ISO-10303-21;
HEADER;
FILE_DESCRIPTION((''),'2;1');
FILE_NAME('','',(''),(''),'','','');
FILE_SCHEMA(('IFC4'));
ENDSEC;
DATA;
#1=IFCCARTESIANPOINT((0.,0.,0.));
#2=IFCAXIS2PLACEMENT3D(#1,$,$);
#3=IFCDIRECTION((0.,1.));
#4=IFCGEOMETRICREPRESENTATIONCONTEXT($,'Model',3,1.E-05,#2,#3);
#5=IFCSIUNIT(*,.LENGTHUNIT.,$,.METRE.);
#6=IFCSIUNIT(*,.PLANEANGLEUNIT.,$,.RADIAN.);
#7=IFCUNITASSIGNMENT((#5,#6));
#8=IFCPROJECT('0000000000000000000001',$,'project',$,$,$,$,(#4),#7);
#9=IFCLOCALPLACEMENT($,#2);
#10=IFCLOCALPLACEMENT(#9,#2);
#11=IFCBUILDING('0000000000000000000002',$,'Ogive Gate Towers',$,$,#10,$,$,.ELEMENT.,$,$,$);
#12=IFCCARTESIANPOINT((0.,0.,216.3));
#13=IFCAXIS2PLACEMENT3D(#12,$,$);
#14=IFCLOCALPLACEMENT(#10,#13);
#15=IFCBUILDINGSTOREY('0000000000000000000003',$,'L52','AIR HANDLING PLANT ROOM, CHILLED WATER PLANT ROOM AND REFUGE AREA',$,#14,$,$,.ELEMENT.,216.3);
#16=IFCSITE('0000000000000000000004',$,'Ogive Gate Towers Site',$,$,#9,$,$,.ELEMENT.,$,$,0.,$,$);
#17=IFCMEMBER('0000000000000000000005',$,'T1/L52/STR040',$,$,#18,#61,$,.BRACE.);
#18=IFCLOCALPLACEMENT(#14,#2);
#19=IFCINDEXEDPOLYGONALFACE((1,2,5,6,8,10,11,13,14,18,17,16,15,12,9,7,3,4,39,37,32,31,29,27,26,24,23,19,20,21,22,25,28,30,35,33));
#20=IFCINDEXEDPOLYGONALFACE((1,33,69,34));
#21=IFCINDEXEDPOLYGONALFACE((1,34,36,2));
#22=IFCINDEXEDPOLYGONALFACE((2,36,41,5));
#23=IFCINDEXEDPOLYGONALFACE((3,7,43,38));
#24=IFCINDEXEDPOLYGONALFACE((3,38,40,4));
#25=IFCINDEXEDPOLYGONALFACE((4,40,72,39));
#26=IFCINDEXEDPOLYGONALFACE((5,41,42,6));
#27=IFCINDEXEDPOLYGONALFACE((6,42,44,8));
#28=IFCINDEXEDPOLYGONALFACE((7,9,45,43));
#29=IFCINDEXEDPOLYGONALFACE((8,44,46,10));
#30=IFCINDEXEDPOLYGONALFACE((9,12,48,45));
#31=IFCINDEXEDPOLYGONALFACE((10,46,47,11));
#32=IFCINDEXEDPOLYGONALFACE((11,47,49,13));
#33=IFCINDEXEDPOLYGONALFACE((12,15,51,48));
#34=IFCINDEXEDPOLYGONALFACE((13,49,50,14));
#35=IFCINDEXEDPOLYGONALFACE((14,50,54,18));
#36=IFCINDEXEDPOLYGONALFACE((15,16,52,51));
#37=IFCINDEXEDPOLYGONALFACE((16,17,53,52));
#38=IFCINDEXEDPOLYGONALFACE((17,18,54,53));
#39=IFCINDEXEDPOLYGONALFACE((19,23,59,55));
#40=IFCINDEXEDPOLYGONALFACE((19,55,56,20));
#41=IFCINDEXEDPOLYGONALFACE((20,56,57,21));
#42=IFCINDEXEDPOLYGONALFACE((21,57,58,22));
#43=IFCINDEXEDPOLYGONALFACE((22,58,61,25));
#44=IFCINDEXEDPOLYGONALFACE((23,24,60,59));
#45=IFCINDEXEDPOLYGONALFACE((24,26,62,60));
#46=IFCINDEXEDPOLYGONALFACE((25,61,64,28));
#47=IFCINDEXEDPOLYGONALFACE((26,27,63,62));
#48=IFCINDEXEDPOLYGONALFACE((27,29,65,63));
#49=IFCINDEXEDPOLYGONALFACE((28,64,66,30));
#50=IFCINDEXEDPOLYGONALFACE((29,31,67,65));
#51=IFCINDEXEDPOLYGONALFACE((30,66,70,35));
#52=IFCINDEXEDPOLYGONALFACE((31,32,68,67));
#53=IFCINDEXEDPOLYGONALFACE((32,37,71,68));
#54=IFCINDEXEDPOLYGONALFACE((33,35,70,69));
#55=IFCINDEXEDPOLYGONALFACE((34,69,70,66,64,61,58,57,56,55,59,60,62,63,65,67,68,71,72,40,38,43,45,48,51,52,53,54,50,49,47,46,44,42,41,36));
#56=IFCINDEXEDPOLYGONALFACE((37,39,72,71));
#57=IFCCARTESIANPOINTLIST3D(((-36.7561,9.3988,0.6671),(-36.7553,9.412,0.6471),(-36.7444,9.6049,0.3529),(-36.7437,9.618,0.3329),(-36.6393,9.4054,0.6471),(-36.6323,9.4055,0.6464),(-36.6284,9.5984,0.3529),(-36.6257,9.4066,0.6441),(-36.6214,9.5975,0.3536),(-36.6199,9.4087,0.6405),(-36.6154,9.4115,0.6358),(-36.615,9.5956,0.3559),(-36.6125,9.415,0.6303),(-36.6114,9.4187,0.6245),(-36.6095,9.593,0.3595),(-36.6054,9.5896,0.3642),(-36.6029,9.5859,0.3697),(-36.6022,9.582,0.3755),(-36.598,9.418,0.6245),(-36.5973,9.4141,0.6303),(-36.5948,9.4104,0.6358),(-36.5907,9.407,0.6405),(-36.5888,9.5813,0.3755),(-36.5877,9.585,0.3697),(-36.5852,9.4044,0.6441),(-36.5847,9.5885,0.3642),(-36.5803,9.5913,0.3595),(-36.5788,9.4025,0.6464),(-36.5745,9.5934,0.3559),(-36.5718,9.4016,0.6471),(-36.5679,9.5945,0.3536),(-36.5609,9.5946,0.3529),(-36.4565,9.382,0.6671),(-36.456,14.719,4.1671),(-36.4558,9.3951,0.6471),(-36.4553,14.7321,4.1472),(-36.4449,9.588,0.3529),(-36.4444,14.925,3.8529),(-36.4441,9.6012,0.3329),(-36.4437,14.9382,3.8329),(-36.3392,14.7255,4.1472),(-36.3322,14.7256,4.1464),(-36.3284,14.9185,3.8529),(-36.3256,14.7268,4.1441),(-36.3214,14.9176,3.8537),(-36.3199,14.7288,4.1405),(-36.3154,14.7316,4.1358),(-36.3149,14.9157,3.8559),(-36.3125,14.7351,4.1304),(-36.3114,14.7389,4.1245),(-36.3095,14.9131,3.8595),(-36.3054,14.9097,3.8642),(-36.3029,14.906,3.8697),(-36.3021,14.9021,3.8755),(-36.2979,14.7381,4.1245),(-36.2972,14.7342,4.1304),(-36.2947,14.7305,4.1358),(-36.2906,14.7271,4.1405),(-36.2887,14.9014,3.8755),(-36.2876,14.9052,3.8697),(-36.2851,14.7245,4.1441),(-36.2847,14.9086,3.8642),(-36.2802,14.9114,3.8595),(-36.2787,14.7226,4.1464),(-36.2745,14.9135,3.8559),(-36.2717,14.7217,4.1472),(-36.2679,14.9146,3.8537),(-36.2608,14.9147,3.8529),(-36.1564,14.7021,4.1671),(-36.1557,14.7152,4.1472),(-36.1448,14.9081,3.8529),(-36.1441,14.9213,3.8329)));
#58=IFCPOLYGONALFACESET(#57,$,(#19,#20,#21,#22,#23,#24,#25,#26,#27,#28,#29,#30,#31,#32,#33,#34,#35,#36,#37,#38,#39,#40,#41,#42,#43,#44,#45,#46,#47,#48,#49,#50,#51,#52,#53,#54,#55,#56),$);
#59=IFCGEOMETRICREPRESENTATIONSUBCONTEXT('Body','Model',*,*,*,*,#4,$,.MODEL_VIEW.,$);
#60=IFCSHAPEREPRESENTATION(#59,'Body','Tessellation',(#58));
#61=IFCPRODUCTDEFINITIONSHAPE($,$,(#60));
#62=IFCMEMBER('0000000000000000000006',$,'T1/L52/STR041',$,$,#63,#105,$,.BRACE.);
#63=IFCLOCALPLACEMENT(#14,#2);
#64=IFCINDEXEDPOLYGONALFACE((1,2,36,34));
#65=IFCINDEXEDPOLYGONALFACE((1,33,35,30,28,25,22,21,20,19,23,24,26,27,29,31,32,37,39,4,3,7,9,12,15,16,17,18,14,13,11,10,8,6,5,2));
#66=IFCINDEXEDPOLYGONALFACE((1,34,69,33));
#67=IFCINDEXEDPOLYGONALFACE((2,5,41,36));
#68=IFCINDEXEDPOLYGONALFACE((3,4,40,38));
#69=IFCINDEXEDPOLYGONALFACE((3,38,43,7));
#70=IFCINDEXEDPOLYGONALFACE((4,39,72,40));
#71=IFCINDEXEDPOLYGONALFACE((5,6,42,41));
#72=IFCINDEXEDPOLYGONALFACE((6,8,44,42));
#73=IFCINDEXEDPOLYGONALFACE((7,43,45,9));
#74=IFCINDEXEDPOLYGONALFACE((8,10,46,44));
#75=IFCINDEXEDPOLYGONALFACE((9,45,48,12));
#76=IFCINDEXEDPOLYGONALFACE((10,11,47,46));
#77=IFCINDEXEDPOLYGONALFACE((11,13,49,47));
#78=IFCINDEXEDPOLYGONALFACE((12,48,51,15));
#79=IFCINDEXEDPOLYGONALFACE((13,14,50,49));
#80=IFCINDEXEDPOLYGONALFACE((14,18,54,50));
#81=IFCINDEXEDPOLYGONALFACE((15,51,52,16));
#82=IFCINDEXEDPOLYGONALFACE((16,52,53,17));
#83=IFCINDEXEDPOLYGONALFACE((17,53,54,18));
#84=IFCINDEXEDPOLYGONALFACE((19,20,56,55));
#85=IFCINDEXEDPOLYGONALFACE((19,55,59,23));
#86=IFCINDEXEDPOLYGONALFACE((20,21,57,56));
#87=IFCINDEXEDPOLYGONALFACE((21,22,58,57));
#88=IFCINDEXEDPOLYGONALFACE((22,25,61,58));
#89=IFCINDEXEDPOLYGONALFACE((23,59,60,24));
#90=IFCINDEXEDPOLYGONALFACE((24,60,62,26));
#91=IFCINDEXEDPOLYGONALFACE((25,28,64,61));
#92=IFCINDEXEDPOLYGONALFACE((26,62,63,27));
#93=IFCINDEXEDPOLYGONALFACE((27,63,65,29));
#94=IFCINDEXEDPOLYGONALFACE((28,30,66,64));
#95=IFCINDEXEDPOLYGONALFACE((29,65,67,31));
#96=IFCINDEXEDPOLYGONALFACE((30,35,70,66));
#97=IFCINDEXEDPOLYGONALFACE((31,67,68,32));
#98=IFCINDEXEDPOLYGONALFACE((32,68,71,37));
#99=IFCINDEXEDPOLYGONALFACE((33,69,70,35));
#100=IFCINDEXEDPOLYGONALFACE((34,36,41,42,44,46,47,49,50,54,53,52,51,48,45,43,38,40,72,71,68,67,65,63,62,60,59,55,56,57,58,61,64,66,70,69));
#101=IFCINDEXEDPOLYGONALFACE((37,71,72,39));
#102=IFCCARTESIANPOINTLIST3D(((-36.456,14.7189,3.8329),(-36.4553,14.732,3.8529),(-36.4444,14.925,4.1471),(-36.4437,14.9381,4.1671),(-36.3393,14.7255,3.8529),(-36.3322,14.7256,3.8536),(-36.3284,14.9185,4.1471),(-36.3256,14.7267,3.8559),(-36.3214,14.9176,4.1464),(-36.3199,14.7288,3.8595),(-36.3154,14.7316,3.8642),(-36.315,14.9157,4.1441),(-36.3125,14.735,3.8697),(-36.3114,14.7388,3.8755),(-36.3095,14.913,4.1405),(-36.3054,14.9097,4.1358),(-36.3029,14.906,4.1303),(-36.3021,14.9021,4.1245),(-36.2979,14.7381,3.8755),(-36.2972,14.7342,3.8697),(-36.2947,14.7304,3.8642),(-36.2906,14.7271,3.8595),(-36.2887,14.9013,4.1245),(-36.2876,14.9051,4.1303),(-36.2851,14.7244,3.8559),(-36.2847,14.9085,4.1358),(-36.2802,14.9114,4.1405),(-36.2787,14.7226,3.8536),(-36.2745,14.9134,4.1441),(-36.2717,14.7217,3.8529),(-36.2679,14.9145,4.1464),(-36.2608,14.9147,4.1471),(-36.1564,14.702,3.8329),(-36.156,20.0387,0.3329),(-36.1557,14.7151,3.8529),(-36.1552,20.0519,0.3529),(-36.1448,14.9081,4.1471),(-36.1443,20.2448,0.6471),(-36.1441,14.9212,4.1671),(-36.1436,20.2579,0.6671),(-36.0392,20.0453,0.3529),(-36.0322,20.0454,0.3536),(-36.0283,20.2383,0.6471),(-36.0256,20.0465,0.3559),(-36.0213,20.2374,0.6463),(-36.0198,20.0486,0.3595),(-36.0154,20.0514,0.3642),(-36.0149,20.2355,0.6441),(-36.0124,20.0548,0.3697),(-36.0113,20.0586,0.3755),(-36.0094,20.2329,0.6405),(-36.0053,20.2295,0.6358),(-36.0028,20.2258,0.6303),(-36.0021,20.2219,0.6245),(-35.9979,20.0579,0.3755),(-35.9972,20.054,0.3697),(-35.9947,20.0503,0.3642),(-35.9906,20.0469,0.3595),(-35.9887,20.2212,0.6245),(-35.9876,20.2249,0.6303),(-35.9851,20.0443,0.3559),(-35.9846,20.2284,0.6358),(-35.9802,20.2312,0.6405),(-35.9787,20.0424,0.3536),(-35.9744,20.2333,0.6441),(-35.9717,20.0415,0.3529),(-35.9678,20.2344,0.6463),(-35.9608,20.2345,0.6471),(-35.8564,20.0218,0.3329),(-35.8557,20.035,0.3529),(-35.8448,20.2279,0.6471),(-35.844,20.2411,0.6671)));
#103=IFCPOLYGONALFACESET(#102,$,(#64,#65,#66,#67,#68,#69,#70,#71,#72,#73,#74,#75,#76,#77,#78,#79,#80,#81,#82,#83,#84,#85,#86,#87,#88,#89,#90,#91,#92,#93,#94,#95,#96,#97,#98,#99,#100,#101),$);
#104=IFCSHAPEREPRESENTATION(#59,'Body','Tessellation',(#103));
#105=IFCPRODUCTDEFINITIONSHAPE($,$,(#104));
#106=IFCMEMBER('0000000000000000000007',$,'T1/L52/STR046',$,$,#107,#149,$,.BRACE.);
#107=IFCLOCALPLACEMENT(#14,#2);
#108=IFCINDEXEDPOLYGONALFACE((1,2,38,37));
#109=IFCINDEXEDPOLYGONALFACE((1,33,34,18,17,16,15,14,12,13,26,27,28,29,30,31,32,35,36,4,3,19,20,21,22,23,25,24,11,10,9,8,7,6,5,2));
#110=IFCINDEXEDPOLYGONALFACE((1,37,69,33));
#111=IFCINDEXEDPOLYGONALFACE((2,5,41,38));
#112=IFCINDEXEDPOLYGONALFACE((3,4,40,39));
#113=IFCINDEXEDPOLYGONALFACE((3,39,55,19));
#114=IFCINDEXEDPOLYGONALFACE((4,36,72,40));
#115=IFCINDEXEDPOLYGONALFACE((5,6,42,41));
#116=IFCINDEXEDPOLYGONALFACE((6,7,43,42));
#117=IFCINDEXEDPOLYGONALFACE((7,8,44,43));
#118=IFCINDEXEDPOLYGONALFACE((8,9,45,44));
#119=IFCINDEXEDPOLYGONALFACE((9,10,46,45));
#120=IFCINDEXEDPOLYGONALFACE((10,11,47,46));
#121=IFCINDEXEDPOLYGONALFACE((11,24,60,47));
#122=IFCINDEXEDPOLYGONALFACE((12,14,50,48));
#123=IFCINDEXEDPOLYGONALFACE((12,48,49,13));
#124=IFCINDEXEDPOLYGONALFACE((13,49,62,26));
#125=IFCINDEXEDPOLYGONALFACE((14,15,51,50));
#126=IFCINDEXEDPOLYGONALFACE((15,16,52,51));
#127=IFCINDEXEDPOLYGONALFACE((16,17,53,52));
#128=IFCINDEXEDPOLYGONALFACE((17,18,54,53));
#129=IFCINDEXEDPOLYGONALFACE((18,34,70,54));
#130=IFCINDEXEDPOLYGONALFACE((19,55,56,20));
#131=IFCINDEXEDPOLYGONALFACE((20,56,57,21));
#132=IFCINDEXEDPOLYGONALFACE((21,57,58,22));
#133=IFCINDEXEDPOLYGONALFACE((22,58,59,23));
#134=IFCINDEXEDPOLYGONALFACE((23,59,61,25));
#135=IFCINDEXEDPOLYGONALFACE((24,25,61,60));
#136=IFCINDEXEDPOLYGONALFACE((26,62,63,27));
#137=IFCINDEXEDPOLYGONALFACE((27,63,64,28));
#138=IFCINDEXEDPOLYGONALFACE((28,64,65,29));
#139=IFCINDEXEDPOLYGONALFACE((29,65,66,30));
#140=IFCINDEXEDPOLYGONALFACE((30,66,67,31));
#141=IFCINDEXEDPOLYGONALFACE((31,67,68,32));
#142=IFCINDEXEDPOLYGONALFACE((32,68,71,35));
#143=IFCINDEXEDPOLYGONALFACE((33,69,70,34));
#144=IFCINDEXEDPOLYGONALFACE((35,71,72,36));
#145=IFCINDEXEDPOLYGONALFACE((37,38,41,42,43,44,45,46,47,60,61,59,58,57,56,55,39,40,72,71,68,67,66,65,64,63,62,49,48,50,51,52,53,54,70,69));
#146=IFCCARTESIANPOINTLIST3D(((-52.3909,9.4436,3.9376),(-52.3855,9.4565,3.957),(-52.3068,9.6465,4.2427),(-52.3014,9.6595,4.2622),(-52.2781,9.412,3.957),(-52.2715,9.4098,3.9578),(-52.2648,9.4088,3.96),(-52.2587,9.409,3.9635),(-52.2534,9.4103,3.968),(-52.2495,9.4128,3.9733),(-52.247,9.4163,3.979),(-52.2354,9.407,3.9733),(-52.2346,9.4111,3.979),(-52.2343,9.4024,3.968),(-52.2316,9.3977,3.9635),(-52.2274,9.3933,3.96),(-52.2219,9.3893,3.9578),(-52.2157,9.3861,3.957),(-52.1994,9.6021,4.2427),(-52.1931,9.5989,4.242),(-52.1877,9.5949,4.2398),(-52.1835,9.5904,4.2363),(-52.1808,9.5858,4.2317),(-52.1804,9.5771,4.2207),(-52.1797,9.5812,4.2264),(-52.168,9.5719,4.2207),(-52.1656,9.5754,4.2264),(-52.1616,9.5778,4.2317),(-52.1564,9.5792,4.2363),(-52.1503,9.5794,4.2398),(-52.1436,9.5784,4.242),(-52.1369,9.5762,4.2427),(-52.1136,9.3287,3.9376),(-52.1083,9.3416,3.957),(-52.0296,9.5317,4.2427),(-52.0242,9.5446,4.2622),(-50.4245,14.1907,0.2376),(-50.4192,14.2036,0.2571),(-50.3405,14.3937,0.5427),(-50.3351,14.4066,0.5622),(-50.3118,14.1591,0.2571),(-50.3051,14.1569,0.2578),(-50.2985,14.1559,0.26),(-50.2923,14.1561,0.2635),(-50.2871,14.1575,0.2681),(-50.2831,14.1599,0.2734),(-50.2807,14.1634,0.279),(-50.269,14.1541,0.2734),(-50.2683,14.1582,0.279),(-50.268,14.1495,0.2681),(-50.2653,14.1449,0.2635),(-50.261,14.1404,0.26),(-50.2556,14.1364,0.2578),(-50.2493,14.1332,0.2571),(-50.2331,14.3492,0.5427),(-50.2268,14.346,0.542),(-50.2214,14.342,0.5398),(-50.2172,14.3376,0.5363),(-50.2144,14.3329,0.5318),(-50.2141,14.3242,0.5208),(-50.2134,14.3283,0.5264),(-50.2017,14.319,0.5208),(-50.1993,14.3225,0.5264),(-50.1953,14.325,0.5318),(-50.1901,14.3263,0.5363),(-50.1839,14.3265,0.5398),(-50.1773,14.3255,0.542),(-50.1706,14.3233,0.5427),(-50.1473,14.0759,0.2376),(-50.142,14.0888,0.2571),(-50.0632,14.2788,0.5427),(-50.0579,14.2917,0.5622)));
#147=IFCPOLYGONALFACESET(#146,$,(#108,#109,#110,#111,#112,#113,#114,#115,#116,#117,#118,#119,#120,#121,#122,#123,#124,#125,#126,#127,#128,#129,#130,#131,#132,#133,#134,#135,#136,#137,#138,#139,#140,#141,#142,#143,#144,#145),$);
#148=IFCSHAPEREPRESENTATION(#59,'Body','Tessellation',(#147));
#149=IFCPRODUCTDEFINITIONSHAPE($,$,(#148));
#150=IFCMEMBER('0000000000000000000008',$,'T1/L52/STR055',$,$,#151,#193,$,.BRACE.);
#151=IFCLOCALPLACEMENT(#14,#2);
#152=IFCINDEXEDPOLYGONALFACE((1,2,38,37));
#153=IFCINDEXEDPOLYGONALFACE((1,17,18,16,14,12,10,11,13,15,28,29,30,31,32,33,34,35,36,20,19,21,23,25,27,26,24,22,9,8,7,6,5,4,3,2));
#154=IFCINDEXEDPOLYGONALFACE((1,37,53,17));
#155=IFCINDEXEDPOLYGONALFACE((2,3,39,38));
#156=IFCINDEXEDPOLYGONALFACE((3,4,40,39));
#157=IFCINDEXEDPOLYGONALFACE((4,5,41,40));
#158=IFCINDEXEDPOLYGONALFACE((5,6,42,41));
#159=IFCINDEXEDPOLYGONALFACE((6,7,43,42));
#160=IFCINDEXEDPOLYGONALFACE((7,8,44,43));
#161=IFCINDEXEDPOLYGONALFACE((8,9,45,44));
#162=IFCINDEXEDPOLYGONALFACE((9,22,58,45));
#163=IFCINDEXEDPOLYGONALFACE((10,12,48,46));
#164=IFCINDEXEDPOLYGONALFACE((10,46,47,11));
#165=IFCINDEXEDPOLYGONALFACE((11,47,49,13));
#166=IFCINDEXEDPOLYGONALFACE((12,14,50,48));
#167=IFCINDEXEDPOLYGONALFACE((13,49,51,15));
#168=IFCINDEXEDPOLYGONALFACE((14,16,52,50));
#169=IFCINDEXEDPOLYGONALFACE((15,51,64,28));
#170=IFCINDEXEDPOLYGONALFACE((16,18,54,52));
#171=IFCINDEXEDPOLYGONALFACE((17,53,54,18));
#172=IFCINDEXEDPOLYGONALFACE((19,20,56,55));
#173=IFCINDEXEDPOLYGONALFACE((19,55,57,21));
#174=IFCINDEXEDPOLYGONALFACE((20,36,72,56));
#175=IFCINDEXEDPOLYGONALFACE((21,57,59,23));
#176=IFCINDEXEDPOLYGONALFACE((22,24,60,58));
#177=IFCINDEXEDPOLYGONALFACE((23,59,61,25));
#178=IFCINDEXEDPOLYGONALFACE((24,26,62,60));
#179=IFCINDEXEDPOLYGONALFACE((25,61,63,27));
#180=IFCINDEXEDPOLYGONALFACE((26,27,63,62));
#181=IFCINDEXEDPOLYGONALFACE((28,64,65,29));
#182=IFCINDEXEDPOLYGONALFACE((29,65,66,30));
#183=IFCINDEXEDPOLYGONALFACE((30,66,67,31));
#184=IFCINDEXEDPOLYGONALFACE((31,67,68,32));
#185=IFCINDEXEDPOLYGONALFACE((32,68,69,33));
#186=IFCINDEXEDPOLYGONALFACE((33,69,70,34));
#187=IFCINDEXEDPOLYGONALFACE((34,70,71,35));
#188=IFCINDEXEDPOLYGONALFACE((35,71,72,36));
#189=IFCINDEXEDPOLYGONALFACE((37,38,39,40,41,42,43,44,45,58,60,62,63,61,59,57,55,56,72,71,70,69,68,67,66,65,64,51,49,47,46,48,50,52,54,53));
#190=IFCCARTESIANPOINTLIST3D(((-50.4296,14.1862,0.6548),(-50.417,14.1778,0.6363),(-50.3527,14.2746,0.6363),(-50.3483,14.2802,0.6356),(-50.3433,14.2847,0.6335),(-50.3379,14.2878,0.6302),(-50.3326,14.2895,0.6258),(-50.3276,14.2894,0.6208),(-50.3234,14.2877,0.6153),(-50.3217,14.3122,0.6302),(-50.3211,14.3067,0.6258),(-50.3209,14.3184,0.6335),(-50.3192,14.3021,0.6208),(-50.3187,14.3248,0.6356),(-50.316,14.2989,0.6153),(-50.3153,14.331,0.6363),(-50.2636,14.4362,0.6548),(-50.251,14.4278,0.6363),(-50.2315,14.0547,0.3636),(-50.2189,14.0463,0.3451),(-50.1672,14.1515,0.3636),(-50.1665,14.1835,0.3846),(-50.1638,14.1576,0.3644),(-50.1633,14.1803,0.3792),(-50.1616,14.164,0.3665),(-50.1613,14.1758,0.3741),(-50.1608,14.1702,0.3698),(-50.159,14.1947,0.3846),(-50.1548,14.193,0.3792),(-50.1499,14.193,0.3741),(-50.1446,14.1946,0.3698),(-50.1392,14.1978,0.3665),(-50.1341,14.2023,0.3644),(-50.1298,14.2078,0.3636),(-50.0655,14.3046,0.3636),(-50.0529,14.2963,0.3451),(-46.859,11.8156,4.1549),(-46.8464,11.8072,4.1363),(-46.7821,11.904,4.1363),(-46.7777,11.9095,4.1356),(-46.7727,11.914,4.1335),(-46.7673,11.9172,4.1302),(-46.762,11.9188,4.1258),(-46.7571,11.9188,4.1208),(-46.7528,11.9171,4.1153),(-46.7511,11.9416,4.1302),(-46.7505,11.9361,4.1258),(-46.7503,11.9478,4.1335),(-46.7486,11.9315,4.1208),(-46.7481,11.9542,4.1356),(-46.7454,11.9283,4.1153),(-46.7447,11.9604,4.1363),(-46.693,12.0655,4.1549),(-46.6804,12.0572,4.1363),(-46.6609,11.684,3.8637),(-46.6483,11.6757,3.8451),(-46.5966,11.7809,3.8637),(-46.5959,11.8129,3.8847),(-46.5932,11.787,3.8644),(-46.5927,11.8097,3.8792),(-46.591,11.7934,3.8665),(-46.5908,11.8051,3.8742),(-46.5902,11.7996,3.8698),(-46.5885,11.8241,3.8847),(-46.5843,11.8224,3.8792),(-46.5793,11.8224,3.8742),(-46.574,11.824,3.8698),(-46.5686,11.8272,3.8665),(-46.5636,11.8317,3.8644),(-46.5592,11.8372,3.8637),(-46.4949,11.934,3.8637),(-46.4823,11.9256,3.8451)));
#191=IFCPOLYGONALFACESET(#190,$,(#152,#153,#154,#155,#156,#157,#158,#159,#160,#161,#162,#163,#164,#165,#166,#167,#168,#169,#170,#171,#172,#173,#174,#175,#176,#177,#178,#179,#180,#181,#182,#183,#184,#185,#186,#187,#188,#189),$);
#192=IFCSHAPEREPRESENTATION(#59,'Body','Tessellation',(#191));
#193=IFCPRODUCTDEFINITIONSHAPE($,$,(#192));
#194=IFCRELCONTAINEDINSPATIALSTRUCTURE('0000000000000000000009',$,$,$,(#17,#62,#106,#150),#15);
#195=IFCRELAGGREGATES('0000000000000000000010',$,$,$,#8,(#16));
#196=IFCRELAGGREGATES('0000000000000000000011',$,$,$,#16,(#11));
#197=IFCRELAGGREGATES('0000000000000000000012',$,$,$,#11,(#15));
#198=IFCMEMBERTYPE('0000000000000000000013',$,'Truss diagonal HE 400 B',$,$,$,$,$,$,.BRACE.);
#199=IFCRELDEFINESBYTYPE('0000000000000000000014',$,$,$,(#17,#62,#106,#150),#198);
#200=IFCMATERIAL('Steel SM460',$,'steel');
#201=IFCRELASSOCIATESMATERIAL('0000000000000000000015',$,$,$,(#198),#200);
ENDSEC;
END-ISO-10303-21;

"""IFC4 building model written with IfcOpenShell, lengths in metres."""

from ifc_helpers import new_model, si_unit, direction, frame, origin, origin_2d, place, context, subcontext, project, spatial, i_section, extrude, material, material_profile, profile_set, type_object, element, save


model = new_model("IFC4")

# Units and contexts
model_context = context("Model", 3, precision=1e-05, world=origin(), true_north=direction((0.0, 1.0)))
body_context = subcontext(model_context, "Body", "Model", "MODEL_VIEW")
ifc_project = project(units=[si_unit("LENGTHUNIT", "METRE"), si_unit("PLANEANGLEUNIT", "RADIAN")], contexts=[model_context])

# Site, building, storey
site_placement = place(None, origin())
site = spatial("IfcSite", under=ifc_project, at=site_placement, Name="Ogive Gate Towers Site", CompositionType="ELEMENT", RefElevation=0.0)
building_placement = place(site_placement, origin())
building = spatial("IfcBuilding", under=site, at=building_placement, Name="Ogive Gate Towers", CompositionType="ELEMENT")
storey_placement = place(building_placement, frame((0.0, 0.0, 216.3)))
storey = spatial("IfcBuildingStorey", under=building, at=storey_placement, Name="L52", Description="AIR HANDLING PLANT ROOM, CHILLED WATER PLANT ROOM AND REFUGE AREA", CompositionType="ELEMENT", Elevation=216.3)

# Shared definitions
ifc_material_1 = material(Name="Steel SM460", Category="steel")

# Members
ifc_material_profile_1 = material_profile(ifc_material_1, i_section(OverallWidth=0.3, OverallDepth=0.3999, WebThickness=0.0134, FlangeThickness=0.0239, FilletRadius=0.0271, at=origin_2d()), Name="HE 400 B")
ifc_profile_set_1 = profile_set([ifc_material_profile_1], Name="Steel SM460")
member_type_1 = type_object("IfcMemberType", Name="Truss diagonal HE 400 B", PredefinedType="BRACE", material=ifc_profile_set_1)
member_1_placement = place(storey_placement, frame((-36.6001, 9.5, 0.5), z_axis=(0.047065, 0.834495, 0.549003), x_axis=(-0.998413, 0.05631, 0.0)))
element("IfcMember", 1, at=member_1_placement, inside=storey, type_object=member_type_1, Name="T1/L52/STR040", PredefinedType="BRACE", context=body_context, shape_type="SweptSolid", body=[
    extrude(i_section(OverallWidth=0.3, OverallDepth=0.3999, WebThickness=0.0134, FlangeThickness=0.0239, FilletRadius=0.0271, at=origin_2d()), origin(), (0.0, 0.0, 1.0), 6.3752),
])
member_2_placement = place(storey_placement, frame((-36.3, 14.8201, 4.0), z_axis=(0.047067, 0.834483, -0.54902), x_axis=(-0.998413, 0.056313, 0.0)))
element("IfcMember", 2, at=member_2_placement, inside=storey, type_object=member_type_1, Name="T1/L52/STR041", PredefinedType="BRACE", context=body_context, shape_type="SweptSolid", body=[
    extrude(i_section(OverallWidth=0.3, OverallDepth=0.3999, WebThickness=0.0134, FlangeThickness=0.0239, FilletRadius=0.0271, at=origin_2d()), origin(), (0.0, 0.0, 1.0), 6.375),
])
member_3_placement = place(storey_placement, frame((-50.2412, 14.2412, 0.3999), z_axis=(-0.310549, -0.749728, 0.584352), x_axis=(0.923879, -0.382685, 0.0)))
element("IfcMember", 3, at=member_3_placement, inside=storey, type_object=member_type_1, Name="T1/L52/STR046", PredefinedType="BRACE", context=body_context, shape_type="SweptSolid", body=[
    extrude(i_section(OverallWidth=0.3, OverallDepth=0.3999, WebThickness=0.0134, FlangeThickness=0.0239, FilletRadius=0.0271, at=origin_2d()), origin(), (0.0, 0.0, 1.0), 6.3318),
])
member_4_placement = place(storey_placement, frame((-46.6707, 11.8706, 4.0), z_axis=(-0.645272, 0.428417, -0.632521), x_axis=(-0.553122, -0.8331, 0.0)))
element("IfcMember", 4, at=member_4_placement, inside=storey, type_object=member_type_1, Name="T1/L52/STR055", PredefinedType="BRACE", context=body_context, shape_type="SweptSolid", body=[
    extrude(i_section(OverallWidth=0.3, OverallDepth=0.3999, WebThickness=0.0134, FlangeThickness=0.0239, FilletRadius=0.0271, at=origin_2d()), origin(), (0.0, 0.0, 1.0), 5.5334),
])

save(model, "model.ifc")
